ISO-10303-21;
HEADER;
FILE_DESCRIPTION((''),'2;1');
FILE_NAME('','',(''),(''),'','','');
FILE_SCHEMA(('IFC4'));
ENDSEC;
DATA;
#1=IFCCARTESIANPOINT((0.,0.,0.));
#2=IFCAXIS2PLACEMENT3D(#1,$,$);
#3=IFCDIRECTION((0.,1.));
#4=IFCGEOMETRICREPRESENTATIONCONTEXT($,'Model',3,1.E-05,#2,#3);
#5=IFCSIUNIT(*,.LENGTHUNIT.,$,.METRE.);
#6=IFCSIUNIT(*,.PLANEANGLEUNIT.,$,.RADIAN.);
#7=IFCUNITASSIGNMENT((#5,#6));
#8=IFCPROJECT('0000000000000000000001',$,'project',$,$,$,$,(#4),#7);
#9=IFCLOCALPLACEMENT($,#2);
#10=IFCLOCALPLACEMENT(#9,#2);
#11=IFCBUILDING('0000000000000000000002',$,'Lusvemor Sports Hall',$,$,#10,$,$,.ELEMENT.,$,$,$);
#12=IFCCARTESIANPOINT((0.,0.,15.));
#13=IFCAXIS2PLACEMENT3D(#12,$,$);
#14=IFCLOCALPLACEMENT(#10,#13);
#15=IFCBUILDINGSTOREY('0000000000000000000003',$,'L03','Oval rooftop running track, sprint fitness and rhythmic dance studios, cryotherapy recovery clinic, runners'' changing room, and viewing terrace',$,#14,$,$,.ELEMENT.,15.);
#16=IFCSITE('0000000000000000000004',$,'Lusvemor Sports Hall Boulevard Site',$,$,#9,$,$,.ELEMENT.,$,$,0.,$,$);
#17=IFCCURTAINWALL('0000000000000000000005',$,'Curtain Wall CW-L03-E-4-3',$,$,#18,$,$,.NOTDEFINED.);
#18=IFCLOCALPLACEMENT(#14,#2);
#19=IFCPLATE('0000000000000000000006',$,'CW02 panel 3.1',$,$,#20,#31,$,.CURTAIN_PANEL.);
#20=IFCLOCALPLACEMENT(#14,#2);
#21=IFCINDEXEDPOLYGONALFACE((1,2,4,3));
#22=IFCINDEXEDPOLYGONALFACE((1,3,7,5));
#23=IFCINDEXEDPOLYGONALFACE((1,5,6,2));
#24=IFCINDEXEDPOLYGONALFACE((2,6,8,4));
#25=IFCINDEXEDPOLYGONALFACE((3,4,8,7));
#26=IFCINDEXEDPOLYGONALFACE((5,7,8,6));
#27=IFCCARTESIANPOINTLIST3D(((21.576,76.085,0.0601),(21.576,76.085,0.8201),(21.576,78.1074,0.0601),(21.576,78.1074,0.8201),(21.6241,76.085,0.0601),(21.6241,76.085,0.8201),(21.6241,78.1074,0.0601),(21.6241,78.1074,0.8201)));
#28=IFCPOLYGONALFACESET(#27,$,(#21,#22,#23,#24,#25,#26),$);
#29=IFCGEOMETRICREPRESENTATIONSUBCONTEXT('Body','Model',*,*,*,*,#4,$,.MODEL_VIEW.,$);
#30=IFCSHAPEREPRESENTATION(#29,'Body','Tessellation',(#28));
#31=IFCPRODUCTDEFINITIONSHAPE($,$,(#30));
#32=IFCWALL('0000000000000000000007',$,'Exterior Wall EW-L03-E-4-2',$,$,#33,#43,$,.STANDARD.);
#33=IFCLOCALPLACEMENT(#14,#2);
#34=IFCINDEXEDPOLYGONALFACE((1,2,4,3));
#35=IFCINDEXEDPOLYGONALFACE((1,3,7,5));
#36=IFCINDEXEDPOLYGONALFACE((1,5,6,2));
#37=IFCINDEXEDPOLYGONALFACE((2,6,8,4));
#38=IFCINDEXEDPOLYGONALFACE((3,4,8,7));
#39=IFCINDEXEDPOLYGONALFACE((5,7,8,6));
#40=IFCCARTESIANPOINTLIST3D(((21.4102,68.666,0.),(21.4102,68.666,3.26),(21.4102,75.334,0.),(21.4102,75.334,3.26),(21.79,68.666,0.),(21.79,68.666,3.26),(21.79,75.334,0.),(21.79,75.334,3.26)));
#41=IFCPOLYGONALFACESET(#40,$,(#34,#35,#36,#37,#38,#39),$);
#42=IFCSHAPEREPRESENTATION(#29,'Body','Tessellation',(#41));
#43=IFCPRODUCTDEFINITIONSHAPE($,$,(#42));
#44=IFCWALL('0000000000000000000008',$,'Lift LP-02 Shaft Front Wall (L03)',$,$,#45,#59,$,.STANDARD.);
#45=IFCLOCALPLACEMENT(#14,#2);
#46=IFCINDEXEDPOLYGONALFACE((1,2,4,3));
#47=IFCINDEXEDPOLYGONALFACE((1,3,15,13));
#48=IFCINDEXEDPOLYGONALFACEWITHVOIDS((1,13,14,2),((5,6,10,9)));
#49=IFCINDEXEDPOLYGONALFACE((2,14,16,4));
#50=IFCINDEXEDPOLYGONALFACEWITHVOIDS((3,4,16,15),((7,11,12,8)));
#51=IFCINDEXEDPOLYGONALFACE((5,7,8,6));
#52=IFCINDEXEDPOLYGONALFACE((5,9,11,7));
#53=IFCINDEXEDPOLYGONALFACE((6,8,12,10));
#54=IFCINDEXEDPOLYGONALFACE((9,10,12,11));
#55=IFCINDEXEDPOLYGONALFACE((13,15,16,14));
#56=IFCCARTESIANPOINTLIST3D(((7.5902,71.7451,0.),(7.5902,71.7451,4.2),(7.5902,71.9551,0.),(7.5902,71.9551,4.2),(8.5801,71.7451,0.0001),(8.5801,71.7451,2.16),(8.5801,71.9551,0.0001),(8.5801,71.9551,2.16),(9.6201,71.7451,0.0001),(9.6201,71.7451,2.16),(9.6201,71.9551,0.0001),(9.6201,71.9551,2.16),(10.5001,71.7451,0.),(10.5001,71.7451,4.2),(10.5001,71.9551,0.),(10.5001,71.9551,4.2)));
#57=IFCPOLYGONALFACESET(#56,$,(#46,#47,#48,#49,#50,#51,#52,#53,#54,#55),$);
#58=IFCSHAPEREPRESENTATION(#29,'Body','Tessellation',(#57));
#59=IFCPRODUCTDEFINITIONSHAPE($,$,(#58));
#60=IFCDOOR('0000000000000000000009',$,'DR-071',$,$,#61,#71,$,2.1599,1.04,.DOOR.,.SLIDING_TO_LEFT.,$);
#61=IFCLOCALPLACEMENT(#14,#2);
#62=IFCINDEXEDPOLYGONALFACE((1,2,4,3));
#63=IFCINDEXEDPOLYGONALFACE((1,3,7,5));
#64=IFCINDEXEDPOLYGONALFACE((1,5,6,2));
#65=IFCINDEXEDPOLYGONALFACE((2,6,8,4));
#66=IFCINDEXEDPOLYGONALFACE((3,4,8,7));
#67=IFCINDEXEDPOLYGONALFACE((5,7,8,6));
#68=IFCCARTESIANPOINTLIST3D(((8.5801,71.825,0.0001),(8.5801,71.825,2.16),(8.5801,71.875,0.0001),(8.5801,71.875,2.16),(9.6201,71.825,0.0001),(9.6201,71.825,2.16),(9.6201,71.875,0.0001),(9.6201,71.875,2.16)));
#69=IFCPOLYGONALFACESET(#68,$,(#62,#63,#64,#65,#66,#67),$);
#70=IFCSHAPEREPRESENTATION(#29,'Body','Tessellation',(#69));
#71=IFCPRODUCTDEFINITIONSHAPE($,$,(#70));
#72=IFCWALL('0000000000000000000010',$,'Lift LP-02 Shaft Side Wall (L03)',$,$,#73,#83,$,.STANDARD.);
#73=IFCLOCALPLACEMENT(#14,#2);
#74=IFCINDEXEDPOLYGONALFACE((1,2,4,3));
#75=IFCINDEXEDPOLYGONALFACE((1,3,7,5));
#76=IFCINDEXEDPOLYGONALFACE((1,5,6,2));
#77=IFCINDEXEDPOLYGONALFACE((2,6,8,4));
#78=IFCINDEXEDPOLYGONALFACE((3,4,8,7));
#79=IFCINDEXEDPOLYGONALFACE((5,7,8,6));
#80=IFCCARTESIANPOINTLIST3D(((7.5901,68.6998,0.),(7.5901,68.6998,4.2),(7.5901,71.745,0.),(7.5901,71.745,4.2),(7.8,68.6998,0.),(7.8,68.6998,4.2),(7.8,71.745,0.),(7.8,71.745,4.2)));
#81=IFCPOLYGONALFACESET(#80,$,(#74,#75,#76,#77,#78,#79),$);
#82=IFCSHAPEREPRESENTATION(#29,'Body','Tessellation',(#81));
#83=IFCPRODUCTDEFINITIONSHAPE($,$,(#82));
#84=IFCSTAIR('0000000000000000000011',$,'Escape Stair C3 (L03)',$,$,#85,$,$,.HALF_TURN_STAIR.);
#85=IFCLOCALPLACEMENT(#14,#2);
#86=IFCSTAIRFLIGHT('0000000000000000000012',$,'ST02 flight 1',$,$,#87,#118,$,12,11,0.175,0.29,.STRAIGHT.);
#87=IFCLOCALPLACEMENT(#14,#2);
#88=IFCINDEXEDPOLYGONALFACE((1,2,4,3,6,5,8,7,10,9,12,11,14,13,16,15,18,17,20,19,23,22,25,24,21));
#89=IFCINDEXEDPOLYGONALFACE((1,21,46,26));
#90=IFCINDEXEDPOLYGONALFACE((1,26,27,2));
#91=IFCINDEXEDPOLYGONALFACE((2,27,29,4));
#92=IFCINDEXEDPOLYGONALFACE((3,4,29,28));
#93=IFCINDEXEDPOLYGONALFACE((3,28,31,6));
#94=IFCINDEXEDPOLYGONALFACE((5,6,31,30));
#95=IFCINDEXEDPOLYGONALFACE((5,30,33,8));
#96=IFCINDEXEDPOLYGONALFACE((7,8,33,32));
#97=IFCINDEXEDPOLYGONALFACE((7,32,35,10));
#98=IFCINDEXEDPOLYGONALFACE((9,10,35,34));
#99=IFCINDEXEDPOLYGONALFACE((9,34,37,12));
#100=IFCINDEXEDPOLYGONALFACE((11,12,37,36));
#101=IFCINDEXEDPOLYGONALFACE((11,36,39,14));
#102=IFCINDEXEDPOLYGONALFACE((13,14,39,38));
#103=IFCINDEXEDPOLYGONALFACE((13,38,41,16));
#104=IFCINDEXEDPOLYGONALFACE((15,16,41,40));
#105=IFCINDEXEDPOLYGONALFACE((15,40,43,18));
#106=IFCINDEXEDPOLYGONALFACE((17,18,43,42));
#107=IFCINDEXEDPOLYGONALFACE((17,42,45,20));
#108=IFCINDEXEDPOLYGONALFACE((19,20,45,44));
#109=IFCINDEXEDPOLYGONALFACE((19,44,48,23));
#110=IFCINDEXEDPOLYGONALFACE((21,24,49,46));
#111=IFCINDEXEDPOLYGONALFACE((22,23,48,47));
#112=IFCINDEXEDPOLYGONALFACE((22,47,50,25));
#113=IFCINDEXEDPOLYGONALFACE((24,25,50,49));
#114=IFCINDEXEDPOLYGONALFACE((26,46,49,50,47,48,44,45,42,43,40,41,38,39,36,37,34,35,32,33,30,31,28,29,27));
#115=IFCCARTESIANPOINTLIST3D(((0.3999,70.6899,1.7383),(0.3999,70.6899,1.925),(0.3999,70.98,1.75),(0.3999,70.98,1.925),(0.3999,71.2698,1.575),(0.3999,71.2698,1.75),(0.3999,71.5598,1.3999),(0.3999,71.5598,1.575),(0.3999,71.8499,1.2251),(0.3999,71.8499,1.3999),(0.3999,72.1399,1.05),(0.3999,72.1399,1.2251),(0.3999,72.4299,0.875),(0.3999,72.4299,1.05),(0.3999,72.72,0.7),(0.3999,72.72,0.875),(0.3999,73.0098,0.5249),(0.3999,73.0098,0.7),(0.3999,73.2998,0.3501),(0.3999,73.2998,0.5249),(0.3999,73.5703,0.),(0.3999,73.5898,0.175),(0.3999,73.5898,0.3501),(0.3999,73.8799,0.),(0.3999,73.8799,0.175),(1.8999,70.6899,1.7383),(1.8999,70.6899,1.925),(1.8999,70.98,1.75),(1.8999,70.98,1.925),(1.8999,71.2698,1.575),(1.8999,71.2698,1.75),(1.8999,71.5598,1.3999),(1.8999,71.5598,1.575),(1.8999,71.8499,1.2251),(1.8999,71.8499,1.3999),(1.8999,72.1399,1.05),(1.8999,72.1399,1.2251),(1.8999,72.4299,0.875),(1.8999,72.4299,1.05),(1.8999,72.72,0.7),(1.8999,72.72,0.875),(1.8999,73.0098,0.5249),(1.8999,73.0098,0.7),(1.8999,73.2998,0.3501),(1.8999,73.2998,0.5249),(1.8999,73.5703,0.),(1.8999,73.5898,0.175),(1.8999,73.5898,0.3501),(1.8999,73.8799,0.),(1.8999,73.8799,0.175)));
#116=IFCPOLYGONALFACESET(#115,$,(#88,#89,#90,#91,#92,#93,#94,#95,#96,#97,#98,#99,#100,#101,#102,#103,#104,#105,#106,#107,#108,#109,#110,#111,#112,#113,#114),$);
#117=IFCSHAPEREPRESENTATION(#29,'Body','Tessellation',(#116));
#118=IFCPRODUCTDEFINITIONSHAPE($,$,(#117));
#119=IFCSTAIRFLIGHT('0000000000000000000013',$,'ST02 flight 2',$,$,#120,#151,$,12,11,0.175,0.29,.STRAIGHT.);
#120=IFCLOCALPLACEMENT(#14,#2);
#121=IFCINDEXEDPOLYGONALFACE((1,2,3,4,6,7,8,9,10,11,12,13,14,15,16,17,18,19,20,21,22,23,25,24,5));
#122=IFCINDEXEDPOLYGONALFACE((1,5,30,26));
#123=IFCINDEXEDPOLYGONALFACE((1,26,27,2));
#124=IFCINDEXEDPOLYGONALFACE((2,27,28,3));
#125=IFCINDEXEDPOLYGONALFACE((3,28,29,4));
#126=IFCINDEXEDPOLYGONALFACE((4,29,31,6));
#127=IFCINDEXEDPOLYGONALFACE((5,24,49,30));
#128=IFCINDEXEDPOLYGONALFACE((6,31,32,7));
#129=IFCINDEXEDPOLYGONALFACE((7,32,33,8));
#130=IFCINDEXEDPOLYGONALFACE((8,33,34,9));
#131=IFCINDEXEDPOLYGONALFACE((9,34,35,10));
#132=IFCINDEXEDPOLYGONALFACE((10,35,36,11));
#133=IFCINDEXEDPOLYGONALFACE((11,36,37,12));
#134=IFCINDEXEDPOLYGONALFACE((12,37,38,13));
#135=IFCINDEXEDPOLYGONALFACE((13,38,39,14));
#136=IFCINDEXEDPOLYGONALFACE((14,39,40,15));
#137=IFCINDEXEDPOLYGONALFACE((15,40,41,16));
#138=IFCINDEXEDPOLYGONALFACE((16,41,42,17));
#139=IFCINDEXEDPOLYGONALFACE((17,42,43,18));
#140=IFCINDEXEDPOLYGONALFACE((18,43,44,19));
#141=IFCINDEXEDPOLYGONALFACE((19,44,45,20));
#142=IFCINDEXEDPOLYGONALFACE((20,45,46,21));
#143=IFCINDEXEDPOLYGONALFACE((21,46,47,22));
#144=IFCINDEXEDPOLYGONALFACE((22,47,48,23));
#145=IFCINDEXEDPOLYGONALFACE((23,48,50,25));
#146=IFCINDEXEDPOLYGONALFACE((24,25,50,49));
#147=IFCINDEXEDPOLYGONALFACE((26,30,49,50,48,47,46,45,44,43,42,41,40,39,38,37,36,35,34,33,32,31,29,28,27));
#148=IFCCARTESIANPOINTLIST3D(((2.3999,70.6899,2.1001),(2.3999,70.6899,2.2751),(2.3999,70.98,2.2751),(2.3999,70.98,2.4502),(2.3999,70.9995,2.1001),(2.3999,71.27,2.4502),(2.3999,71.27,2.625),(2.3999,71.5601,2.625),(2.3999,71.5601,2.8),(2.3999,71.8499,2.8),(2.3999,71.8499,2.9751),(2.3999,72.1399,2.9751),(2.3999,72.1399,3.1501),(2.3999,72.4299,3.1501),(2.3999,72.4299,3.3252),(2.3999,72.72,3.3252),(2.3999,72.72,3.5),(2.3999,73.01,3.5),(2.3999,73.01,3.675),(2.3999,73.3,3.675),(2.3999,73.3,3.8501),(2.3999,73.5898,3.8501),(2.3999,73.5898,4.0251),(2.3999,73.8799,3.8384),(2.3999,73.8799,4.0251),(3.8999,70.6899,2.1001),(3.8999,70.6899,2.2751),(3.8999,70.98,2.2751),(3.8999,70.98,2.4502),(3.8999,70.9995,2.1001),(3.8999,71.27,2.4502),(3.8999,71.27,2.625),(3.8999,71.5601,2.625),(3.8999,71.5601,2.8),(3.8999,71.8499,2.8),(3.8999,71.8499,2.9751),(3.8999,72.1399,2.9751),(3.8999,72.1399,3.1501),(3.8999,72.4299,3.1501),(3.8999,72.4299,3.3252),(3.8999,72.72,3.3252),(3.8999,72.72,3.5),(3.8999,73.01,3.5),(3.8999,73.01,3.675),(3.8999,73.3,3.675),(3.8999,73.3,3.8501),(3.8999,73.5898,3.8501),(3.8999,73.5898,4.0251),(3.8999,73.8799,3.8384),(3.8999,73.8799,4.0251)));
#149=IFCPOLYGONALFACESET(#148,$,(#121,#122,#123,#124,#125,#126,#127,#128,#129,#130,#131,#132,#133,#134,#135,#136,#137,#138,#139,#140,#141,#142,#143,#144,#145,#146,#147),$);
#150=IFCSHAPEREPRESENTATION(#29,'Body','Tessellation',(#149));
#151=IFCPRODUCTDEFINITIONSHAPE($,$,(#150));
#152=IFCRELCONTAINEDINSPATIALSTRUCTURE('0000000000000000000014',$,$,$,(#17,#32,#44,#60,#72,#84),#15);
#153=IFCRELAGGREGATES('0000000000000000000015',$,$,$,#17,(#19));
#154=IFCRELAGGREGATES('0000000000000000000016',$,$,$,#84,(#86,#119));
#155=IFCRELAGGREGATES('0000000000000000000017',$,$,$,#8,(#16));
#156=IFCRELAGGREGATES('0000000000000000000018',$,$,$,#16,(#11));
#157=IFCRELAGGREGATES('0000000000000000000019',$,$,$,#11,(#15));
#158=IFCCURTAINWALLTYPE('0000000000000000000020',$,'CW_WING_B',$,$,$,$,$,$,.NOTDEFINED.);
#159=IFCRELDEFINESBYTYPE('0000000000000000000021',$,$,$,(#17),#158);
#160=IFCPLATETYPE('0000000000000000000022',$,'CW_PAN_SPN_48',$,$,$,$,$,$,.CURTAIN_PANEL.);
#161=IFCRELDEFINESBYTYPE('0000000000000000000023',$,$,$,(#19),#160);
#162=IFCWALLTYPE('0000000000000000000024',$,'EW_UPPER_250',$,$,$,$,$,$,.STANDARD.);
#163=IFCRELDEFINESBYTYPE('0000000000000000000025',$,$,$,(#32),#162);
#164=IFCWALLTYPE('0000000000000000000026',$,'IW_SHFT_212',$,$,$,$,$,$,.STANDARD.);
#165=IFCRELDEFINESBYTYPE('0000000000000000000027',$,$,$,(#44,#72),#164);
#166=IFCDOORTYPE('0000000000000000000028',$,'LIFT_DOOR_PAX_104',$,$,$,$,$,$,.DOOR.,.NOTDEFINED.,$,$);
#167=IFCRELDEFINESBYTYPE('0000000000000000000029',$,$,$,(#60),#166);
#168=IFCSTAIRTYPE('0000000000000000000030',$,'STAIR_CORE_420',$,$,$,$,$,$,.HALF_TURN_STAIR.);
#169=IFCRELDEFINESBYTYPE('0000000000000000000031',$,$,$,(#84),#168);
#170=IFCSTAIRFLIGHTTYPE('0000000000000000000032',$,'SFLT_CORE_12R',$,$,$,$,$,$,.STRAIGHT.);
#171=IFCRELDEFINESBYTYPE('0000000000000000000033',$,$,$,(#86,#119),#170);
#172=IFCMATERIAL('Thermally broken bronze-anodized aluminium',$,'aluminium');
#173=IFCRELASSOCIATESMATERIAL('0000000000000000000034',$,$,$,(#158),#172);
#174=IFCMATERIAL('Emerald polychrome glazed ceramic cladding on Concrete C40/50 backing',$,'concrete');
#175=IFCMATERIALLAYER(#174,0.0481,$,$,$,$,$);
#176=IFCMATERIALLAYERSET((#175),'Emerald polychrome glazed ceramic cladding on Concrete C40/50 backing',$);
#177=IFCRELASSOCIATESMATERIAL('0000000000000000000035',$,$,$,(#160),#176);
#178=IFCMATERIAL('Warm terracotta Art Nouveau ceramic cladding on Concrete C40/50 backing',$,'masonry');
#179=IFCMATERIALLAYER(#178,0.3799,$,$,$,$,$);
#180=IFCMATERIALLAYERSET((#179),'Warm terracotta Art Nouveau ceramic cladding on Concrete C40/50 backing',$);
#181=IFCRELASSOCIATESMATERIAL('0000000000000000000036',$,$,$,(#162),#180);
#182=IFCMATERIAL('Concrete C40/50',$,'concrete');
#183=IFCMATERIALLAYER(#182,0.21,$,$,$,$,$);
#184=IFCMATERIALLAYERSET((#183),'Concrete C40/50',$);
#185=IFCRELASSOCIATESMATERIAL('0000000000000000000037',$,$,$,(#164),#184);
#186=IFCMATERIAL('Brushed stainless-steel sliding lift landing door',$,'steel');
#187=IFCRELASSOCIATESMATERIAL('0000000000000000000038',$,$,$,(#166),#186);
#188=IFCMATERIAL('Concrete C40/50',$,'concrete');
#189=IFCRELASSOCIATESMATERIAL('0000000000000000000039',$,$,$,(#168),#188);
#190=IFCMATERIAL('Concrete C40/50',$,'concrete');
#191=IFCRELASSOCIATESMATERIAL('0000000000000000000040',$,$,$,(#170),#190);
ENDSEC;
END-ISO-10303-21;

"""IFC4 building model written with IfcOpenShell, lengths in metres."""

from ifc_helpers import new_model, si_unit, direction, frame, frame_2d, origin, origin_2d, place, context, subcontext, project, spatial, polyline, rectangle, outline, extrude, material, layer, layer_set, type_object, element, fill, aggregate, save


model = new_model("IFC4")

# Units and contexts
model_context = context("Model", 3, precision=1e-05, world=origin(), true_north=direction((0.0, 1.0)))
body_context = subcontext(model_context, "Body", "Model", "MODEL_VIEW")
ifc_project = project(units=[si_unit("LENGTHUNIT", "METRE"), si_unit("PLANEANGLEUNIT", "RADIAN")], contexts=[model_context])

# Site, building, storey
site_placement = place(None, origin())
site = spatial("IfcSite", under=ifc_project, at=site_placement, Name="Lusvemor Sports Hall Boulevard Site", CompositionType="ELEMENT", RefElevation=0.0)
building_placement = place(site_placement, origin())
building = spatial("IfcBuilding", under=site, at=building_placement, Name="Lusvemor Sports Hall", CompositionType="ELEMENT")
storey_placement = place(building_placement, frame((0.0, 0.0, 15.0)))
storey = spatial("IfcBuildingStorey", under=building, at=storey_placement, Name="L03", Description="Oval rooftop running track, sprint fitness and rhythmic dance studios, cryotherapy recovery clinic, runners' changing room, and viewing terrace", CompositionType="ELEMENT", Elevation=15.0)

# Curtain wall
ifc_material_1 = material(Name="Thermally broken bronze-anodized aluminium", Category="aluminium")
curtain_wall_type = type_object("IfcCurtainWallType", Name="CW_WING_B", PredefinedType="NOTDEFINED", material=ifc_material_1)
curtain_wall_placement = place(storey_placement, origin())
curtain_wall = element("IfcCurtainWall", 1, at=curtain_wall_placement, inside=storey, type_object=curtain_wall_type, Name="Curtain Wall CW-L03-E-4-3", PredefinedType="NOTDEFINED")

# Plate
ifc_material_2 = material(Name="Emerald polychrome glazed ceramic cladding on Concrete C40/50 backing", Category="concrete")
ifc_layer_1 = layer(ifc_material_2, 0.0481)
ifc_layer_set_1 = layer_set([ifc_layer_1], Name="Emerald polychrome glazed ceramic cladding on Concrete C40/50 backing")
plate_type_1 = type_object("IfcPlateType", Name="CW_PAN_SPN_48", PredefinedType="CURTAIN_PANEL", material=ifc_layer_set_1)
plate_1_placement = place(storey_placement, frame((21.6001, 77.0962, 0.0601), z_axis=(0.0, 0.0, 1.0), x_axis=(0.0, -1.0, 0.0)))
plate_1 = element("IfcPlate", 2, at=plate_1_placement, type_object=plate_type_1, Name="CW02 panel 3.1", PredefinedType="CURTAIN_PANEL", context=body_context, shape_type="SweptSolid", body=[
    extrude(rectangle(XDim=2.0225, YDim=0.0481, at=origin_2d()), origin(), (0.0, 0.0, 1.0), 0.76),
])
aggregate(curtain_wall, [plate_1])

# Wall
ifc_material_3 = material(Name="Warm terracotta Art Nouveau ceramic cladding on Concrete C40/50 backing", Category="masonry")
ifc_layer_2 = layer(ifc_material_3, 0.3799)
ifc_layer_set_2 = layer_set([ifc_layer_2], Name="Warm terracotta Art Nouveau ceramic cladding on Concrete C40/50 backing")
wall_type_1 = type_object("IfcWallType", Name="EW_UPPER_250", PredefinedType="STANDARD", material=ifc_layer_set_2)
wall_1_placement = place(storey_placement, frame((21.6001, 75.334, 0.0), z_axis=(0.0, 0.0, 1.0), x_axis=(0.0, -1.0, 0.0)))
element("IfcWall", 3, at=wall_1_placement, inside=storey, type_object=wall_type_1, Name="Exterior Wall EW-L03-E-4-2", PredefinedType="STANDARD", context=body_context, shape_type="SweptSolid", body=[
    extrude(rectangle(XDim=6.668, YDim=0.3799, at=frame_2d((3.334, 0.0))), origin(), (0.0, 0.0, 1.0), 3.26),
])

# Wall, opening, door
ifc_material_4 = material(Name="Concrete C40/50", Category="concrete")
ifc_layer_3 = layer(ifc_material_4, 0.21)
ifc_layer_set_3 = layer_set([ifc_layer_3], Name="Concrete C40/50")
wall_type_2 = type_object("IfcWallType", Name="IW_SHFT_212", PredefinedType="STANDARD", material=ifc_layer_set_3)
wall_2_placement = place(storey_placement, frame((7.5901, 71.8501, 0.0), z_axis=(0.0, 0.0, 1.0), x_axis=(1.0, 0.0, 0.0)))
wall_2 = element("IfcWall", 4, at=wall_2_placement, inside=storey, type_object=wall_type_2, Name="Lift LP-02 Shaft Front Wall (L03)", PredefinedType="STANDARD", context=body_context, shape_type="SweptSolid", body=[
    extrude(rectangle(XDim=2.9099, YDim=0.21, at=frame_2d((1.4551, 0.0))), origin(), (0.0, 0.0, 1.0), 4.2),
])
opening_1_placement = place(wall_2_placement, frame((0.99, 0.0, 0.0)))
opening_1 = element("IfcOpeningElement", 5, at=opening_1_placement, cuts=wall_2, PredefinedType="OPENING", context=body_context, shape_type="SweptSolid", body=[
    extrude(rectangle(XDim=1.04, YDim=2.1599, at=frame_2d((0.52, 1.0801))), frame((0.0, 0.105, 0.0), z_axis=(0.0, -1.0, 0.0), x_axis=(1.0, 0.0, 0.0)), (0.0, 0.0, 1.0), 0.21),
])
ifc_material_5 = material(Name="Brushed stainless-steel sliding lift landing door", Category="steel")
door_type_1 = type_object("IfcDoorType", Name="LIFT_DOOR_PAX_104", OperationType="NOTDEFINED", PredefinedType="DOOR", material=ifc_material_5)
door_1_placement = place(opening_1_placement, origin())
door_1 = element("IfcDoor", 6, at=door_1_placement, inside=storey, type_object=door_type_1, Name="DR-071", OperationType="SLIDING_TO_LEFT", OverallHeight=2.1599, OverallWidth=1.04, PredefinedType="DOOR", context=body_context, shape_type="SweptSolid", body=[
    extrude(rectangle(XDim=1.04, YDim=2.1599, at=frame_2d((0.52, 1.0801))), frame((0.0, 0.0249, 0.0), z_axis=(0.0, -1.0, 0.0), x_axis=(1.0, 0.0, 0.0)), (0.0, 0.0, 1.0), 0.05),
])
fill(opening_1, door_1)

# Wall
wall_3_placement = place(storey_placement, frame((7.6951, 68.7, 0.0), z_axis=(0.0, 0.0, 1.0), x_axis=(0.0, 1.0, 0.0)))
element("IfcWall", 7, at=wall_3_placement, inside=storey, type_object=wall_type_2, Name="Lift LP-02 Shaft Side Wall (L03)", PredefinedType="STANDARD", context=body_context, shape_type="SweptSolid", body=[
    extrude(rectangle(XDim=3.0452, YDim=0.21, at=frame_2d((1.5225, 0.0))), origin(), (0.0, 0.0, 1.0), 4.2),
])

# Stair, stair flights
ifc_material_6 = material(Name="Concrete C40/50", Category="concrete")
stair_type = type_object("IfcStairType", Name="STAIR_CORE_420", PredefinedType="HALF_TURN_STAIR", material=ifc_material_6)
stair_placement = place(storey_placement, origin())
stair = element("IfcStair", 8, at=stair_placement, inside=storey, type_object=stair_type, Name="Escape Stair C3 (L03)", PredefinedType="HALF_TURN_STAIR")
ifc_material_7 = material(Name="Concrete C40/50", Category="concrete")
stair_flight_type = type_object("IfcStairFlightType", Name="SFLT_CORE_12R", PredefinedType="STRAIGHT", material=ifc_material_7)
stair_flight_1_placement = place(storey_placement, frame((1.1499, 73.8799, 0.0), z_axis=(0.0, 0.0, 1.0), x_axis=(0.0, -1.0, 0.0)))
stair_flight_1 = element("IfcStairFlight", 9, at=stair_flight_1_placement, type_object=stair_flight_type, Name="ST02 flight 1", NumberOfRisers=12, NumberOfTreads=11, PredefinedType="STRAIGHT", RiserHeight=0.175, TreadLength=0.29, context=body_context, shape_type="SweptSolid", body=[
    extrude(outline(polyline([(0.0, 0.0), (0.0, 0.175), (0.29, 0.175), (0.29, 0.3501), (0.5801, 0.3501), (0.5801, 0.5249), (0.8701, 0.5249), (0.8701, 0.7), (1.1599, 0.7), (1.1599, 0.875), (1.45, 0.875), (1.45, 1.05), (1.74, 1.05), (1.74, 1.2251), (2.03, 1.2251), (2.03, 1.3999), (2.3201, 1.3999), (2.3201, 1.575), (2.6101, 1.575), (2.6101, 1.75), (2.8999, 1.75), (2.8999, 1.925), (3.1899, 1.925), (3.1899, 2.1001), (3.1899, 1.7383), (0.3096, 0.0), (0.0, 0.0)])), frame((0.0, 0.75, 0.0), z_axis=(0.0, -1.0, 0.0), x_axis=(1.0, 0.0, 0.0)), (0.0, 0.0, 1.0), 1.5),
])
stair_flight_2_placement = place(storey_placement, frame((3.1499, 70.6899, 2.1001), z_axis=(0.0, 0.0, 1.0), x_axis=(0.0, 1.0, 0.0)))
stair_flight_2 = element("IfcStairFlight", 10, at=stair_flight_2_placement, type_object=stair_flight_type, Name="ST02 flight 2", NumberOfRisers=12, NumberOfTreads=11, PredefinedType="STRAIGHT", RiserHeight=0.175, TreadLength=0.29, context=body_context, shape_type="SweptSolid", body=[
    extrude(outline(polyline([(0.0, 0.0), (0.0, 0.175), (0.29, 0.175), (0.29, 0.3501), (0.5801, 0.3501), (0.5801, 0.5249), (0.8701, 0.5249), (0.8701, 0.7), (1.1599, 0.7), (1.1599, 0.875), (1.45, 0.875), (1.45, 1.05), (1.74, 1.05), (1.74, 1.2251), (2.03, 1.2251), (2.03, 1.3999), (2.3201, 1.3999), (2.3201, 1.575), (2.6101, 1.575), (2.6101, 1.75), (2.8999, 1.75), (2.8999, 1.925), (3.1899, 1.925), (3.1899, 2.1001), (3.1899, 1.7383), (0.3096, 0.0), (0.0, 0.0)])), frame((0.0, 0.75, 0.0), z_axis=(0.0, -1.0, 0.0), x_axis=(1.0, 0.0, 0.0)), (0.0, 0.0, 1.0), 1.5),
])
aggregate(stair, [stair_flight_1, stair_flight_2])

save(model, "model.ifc")
